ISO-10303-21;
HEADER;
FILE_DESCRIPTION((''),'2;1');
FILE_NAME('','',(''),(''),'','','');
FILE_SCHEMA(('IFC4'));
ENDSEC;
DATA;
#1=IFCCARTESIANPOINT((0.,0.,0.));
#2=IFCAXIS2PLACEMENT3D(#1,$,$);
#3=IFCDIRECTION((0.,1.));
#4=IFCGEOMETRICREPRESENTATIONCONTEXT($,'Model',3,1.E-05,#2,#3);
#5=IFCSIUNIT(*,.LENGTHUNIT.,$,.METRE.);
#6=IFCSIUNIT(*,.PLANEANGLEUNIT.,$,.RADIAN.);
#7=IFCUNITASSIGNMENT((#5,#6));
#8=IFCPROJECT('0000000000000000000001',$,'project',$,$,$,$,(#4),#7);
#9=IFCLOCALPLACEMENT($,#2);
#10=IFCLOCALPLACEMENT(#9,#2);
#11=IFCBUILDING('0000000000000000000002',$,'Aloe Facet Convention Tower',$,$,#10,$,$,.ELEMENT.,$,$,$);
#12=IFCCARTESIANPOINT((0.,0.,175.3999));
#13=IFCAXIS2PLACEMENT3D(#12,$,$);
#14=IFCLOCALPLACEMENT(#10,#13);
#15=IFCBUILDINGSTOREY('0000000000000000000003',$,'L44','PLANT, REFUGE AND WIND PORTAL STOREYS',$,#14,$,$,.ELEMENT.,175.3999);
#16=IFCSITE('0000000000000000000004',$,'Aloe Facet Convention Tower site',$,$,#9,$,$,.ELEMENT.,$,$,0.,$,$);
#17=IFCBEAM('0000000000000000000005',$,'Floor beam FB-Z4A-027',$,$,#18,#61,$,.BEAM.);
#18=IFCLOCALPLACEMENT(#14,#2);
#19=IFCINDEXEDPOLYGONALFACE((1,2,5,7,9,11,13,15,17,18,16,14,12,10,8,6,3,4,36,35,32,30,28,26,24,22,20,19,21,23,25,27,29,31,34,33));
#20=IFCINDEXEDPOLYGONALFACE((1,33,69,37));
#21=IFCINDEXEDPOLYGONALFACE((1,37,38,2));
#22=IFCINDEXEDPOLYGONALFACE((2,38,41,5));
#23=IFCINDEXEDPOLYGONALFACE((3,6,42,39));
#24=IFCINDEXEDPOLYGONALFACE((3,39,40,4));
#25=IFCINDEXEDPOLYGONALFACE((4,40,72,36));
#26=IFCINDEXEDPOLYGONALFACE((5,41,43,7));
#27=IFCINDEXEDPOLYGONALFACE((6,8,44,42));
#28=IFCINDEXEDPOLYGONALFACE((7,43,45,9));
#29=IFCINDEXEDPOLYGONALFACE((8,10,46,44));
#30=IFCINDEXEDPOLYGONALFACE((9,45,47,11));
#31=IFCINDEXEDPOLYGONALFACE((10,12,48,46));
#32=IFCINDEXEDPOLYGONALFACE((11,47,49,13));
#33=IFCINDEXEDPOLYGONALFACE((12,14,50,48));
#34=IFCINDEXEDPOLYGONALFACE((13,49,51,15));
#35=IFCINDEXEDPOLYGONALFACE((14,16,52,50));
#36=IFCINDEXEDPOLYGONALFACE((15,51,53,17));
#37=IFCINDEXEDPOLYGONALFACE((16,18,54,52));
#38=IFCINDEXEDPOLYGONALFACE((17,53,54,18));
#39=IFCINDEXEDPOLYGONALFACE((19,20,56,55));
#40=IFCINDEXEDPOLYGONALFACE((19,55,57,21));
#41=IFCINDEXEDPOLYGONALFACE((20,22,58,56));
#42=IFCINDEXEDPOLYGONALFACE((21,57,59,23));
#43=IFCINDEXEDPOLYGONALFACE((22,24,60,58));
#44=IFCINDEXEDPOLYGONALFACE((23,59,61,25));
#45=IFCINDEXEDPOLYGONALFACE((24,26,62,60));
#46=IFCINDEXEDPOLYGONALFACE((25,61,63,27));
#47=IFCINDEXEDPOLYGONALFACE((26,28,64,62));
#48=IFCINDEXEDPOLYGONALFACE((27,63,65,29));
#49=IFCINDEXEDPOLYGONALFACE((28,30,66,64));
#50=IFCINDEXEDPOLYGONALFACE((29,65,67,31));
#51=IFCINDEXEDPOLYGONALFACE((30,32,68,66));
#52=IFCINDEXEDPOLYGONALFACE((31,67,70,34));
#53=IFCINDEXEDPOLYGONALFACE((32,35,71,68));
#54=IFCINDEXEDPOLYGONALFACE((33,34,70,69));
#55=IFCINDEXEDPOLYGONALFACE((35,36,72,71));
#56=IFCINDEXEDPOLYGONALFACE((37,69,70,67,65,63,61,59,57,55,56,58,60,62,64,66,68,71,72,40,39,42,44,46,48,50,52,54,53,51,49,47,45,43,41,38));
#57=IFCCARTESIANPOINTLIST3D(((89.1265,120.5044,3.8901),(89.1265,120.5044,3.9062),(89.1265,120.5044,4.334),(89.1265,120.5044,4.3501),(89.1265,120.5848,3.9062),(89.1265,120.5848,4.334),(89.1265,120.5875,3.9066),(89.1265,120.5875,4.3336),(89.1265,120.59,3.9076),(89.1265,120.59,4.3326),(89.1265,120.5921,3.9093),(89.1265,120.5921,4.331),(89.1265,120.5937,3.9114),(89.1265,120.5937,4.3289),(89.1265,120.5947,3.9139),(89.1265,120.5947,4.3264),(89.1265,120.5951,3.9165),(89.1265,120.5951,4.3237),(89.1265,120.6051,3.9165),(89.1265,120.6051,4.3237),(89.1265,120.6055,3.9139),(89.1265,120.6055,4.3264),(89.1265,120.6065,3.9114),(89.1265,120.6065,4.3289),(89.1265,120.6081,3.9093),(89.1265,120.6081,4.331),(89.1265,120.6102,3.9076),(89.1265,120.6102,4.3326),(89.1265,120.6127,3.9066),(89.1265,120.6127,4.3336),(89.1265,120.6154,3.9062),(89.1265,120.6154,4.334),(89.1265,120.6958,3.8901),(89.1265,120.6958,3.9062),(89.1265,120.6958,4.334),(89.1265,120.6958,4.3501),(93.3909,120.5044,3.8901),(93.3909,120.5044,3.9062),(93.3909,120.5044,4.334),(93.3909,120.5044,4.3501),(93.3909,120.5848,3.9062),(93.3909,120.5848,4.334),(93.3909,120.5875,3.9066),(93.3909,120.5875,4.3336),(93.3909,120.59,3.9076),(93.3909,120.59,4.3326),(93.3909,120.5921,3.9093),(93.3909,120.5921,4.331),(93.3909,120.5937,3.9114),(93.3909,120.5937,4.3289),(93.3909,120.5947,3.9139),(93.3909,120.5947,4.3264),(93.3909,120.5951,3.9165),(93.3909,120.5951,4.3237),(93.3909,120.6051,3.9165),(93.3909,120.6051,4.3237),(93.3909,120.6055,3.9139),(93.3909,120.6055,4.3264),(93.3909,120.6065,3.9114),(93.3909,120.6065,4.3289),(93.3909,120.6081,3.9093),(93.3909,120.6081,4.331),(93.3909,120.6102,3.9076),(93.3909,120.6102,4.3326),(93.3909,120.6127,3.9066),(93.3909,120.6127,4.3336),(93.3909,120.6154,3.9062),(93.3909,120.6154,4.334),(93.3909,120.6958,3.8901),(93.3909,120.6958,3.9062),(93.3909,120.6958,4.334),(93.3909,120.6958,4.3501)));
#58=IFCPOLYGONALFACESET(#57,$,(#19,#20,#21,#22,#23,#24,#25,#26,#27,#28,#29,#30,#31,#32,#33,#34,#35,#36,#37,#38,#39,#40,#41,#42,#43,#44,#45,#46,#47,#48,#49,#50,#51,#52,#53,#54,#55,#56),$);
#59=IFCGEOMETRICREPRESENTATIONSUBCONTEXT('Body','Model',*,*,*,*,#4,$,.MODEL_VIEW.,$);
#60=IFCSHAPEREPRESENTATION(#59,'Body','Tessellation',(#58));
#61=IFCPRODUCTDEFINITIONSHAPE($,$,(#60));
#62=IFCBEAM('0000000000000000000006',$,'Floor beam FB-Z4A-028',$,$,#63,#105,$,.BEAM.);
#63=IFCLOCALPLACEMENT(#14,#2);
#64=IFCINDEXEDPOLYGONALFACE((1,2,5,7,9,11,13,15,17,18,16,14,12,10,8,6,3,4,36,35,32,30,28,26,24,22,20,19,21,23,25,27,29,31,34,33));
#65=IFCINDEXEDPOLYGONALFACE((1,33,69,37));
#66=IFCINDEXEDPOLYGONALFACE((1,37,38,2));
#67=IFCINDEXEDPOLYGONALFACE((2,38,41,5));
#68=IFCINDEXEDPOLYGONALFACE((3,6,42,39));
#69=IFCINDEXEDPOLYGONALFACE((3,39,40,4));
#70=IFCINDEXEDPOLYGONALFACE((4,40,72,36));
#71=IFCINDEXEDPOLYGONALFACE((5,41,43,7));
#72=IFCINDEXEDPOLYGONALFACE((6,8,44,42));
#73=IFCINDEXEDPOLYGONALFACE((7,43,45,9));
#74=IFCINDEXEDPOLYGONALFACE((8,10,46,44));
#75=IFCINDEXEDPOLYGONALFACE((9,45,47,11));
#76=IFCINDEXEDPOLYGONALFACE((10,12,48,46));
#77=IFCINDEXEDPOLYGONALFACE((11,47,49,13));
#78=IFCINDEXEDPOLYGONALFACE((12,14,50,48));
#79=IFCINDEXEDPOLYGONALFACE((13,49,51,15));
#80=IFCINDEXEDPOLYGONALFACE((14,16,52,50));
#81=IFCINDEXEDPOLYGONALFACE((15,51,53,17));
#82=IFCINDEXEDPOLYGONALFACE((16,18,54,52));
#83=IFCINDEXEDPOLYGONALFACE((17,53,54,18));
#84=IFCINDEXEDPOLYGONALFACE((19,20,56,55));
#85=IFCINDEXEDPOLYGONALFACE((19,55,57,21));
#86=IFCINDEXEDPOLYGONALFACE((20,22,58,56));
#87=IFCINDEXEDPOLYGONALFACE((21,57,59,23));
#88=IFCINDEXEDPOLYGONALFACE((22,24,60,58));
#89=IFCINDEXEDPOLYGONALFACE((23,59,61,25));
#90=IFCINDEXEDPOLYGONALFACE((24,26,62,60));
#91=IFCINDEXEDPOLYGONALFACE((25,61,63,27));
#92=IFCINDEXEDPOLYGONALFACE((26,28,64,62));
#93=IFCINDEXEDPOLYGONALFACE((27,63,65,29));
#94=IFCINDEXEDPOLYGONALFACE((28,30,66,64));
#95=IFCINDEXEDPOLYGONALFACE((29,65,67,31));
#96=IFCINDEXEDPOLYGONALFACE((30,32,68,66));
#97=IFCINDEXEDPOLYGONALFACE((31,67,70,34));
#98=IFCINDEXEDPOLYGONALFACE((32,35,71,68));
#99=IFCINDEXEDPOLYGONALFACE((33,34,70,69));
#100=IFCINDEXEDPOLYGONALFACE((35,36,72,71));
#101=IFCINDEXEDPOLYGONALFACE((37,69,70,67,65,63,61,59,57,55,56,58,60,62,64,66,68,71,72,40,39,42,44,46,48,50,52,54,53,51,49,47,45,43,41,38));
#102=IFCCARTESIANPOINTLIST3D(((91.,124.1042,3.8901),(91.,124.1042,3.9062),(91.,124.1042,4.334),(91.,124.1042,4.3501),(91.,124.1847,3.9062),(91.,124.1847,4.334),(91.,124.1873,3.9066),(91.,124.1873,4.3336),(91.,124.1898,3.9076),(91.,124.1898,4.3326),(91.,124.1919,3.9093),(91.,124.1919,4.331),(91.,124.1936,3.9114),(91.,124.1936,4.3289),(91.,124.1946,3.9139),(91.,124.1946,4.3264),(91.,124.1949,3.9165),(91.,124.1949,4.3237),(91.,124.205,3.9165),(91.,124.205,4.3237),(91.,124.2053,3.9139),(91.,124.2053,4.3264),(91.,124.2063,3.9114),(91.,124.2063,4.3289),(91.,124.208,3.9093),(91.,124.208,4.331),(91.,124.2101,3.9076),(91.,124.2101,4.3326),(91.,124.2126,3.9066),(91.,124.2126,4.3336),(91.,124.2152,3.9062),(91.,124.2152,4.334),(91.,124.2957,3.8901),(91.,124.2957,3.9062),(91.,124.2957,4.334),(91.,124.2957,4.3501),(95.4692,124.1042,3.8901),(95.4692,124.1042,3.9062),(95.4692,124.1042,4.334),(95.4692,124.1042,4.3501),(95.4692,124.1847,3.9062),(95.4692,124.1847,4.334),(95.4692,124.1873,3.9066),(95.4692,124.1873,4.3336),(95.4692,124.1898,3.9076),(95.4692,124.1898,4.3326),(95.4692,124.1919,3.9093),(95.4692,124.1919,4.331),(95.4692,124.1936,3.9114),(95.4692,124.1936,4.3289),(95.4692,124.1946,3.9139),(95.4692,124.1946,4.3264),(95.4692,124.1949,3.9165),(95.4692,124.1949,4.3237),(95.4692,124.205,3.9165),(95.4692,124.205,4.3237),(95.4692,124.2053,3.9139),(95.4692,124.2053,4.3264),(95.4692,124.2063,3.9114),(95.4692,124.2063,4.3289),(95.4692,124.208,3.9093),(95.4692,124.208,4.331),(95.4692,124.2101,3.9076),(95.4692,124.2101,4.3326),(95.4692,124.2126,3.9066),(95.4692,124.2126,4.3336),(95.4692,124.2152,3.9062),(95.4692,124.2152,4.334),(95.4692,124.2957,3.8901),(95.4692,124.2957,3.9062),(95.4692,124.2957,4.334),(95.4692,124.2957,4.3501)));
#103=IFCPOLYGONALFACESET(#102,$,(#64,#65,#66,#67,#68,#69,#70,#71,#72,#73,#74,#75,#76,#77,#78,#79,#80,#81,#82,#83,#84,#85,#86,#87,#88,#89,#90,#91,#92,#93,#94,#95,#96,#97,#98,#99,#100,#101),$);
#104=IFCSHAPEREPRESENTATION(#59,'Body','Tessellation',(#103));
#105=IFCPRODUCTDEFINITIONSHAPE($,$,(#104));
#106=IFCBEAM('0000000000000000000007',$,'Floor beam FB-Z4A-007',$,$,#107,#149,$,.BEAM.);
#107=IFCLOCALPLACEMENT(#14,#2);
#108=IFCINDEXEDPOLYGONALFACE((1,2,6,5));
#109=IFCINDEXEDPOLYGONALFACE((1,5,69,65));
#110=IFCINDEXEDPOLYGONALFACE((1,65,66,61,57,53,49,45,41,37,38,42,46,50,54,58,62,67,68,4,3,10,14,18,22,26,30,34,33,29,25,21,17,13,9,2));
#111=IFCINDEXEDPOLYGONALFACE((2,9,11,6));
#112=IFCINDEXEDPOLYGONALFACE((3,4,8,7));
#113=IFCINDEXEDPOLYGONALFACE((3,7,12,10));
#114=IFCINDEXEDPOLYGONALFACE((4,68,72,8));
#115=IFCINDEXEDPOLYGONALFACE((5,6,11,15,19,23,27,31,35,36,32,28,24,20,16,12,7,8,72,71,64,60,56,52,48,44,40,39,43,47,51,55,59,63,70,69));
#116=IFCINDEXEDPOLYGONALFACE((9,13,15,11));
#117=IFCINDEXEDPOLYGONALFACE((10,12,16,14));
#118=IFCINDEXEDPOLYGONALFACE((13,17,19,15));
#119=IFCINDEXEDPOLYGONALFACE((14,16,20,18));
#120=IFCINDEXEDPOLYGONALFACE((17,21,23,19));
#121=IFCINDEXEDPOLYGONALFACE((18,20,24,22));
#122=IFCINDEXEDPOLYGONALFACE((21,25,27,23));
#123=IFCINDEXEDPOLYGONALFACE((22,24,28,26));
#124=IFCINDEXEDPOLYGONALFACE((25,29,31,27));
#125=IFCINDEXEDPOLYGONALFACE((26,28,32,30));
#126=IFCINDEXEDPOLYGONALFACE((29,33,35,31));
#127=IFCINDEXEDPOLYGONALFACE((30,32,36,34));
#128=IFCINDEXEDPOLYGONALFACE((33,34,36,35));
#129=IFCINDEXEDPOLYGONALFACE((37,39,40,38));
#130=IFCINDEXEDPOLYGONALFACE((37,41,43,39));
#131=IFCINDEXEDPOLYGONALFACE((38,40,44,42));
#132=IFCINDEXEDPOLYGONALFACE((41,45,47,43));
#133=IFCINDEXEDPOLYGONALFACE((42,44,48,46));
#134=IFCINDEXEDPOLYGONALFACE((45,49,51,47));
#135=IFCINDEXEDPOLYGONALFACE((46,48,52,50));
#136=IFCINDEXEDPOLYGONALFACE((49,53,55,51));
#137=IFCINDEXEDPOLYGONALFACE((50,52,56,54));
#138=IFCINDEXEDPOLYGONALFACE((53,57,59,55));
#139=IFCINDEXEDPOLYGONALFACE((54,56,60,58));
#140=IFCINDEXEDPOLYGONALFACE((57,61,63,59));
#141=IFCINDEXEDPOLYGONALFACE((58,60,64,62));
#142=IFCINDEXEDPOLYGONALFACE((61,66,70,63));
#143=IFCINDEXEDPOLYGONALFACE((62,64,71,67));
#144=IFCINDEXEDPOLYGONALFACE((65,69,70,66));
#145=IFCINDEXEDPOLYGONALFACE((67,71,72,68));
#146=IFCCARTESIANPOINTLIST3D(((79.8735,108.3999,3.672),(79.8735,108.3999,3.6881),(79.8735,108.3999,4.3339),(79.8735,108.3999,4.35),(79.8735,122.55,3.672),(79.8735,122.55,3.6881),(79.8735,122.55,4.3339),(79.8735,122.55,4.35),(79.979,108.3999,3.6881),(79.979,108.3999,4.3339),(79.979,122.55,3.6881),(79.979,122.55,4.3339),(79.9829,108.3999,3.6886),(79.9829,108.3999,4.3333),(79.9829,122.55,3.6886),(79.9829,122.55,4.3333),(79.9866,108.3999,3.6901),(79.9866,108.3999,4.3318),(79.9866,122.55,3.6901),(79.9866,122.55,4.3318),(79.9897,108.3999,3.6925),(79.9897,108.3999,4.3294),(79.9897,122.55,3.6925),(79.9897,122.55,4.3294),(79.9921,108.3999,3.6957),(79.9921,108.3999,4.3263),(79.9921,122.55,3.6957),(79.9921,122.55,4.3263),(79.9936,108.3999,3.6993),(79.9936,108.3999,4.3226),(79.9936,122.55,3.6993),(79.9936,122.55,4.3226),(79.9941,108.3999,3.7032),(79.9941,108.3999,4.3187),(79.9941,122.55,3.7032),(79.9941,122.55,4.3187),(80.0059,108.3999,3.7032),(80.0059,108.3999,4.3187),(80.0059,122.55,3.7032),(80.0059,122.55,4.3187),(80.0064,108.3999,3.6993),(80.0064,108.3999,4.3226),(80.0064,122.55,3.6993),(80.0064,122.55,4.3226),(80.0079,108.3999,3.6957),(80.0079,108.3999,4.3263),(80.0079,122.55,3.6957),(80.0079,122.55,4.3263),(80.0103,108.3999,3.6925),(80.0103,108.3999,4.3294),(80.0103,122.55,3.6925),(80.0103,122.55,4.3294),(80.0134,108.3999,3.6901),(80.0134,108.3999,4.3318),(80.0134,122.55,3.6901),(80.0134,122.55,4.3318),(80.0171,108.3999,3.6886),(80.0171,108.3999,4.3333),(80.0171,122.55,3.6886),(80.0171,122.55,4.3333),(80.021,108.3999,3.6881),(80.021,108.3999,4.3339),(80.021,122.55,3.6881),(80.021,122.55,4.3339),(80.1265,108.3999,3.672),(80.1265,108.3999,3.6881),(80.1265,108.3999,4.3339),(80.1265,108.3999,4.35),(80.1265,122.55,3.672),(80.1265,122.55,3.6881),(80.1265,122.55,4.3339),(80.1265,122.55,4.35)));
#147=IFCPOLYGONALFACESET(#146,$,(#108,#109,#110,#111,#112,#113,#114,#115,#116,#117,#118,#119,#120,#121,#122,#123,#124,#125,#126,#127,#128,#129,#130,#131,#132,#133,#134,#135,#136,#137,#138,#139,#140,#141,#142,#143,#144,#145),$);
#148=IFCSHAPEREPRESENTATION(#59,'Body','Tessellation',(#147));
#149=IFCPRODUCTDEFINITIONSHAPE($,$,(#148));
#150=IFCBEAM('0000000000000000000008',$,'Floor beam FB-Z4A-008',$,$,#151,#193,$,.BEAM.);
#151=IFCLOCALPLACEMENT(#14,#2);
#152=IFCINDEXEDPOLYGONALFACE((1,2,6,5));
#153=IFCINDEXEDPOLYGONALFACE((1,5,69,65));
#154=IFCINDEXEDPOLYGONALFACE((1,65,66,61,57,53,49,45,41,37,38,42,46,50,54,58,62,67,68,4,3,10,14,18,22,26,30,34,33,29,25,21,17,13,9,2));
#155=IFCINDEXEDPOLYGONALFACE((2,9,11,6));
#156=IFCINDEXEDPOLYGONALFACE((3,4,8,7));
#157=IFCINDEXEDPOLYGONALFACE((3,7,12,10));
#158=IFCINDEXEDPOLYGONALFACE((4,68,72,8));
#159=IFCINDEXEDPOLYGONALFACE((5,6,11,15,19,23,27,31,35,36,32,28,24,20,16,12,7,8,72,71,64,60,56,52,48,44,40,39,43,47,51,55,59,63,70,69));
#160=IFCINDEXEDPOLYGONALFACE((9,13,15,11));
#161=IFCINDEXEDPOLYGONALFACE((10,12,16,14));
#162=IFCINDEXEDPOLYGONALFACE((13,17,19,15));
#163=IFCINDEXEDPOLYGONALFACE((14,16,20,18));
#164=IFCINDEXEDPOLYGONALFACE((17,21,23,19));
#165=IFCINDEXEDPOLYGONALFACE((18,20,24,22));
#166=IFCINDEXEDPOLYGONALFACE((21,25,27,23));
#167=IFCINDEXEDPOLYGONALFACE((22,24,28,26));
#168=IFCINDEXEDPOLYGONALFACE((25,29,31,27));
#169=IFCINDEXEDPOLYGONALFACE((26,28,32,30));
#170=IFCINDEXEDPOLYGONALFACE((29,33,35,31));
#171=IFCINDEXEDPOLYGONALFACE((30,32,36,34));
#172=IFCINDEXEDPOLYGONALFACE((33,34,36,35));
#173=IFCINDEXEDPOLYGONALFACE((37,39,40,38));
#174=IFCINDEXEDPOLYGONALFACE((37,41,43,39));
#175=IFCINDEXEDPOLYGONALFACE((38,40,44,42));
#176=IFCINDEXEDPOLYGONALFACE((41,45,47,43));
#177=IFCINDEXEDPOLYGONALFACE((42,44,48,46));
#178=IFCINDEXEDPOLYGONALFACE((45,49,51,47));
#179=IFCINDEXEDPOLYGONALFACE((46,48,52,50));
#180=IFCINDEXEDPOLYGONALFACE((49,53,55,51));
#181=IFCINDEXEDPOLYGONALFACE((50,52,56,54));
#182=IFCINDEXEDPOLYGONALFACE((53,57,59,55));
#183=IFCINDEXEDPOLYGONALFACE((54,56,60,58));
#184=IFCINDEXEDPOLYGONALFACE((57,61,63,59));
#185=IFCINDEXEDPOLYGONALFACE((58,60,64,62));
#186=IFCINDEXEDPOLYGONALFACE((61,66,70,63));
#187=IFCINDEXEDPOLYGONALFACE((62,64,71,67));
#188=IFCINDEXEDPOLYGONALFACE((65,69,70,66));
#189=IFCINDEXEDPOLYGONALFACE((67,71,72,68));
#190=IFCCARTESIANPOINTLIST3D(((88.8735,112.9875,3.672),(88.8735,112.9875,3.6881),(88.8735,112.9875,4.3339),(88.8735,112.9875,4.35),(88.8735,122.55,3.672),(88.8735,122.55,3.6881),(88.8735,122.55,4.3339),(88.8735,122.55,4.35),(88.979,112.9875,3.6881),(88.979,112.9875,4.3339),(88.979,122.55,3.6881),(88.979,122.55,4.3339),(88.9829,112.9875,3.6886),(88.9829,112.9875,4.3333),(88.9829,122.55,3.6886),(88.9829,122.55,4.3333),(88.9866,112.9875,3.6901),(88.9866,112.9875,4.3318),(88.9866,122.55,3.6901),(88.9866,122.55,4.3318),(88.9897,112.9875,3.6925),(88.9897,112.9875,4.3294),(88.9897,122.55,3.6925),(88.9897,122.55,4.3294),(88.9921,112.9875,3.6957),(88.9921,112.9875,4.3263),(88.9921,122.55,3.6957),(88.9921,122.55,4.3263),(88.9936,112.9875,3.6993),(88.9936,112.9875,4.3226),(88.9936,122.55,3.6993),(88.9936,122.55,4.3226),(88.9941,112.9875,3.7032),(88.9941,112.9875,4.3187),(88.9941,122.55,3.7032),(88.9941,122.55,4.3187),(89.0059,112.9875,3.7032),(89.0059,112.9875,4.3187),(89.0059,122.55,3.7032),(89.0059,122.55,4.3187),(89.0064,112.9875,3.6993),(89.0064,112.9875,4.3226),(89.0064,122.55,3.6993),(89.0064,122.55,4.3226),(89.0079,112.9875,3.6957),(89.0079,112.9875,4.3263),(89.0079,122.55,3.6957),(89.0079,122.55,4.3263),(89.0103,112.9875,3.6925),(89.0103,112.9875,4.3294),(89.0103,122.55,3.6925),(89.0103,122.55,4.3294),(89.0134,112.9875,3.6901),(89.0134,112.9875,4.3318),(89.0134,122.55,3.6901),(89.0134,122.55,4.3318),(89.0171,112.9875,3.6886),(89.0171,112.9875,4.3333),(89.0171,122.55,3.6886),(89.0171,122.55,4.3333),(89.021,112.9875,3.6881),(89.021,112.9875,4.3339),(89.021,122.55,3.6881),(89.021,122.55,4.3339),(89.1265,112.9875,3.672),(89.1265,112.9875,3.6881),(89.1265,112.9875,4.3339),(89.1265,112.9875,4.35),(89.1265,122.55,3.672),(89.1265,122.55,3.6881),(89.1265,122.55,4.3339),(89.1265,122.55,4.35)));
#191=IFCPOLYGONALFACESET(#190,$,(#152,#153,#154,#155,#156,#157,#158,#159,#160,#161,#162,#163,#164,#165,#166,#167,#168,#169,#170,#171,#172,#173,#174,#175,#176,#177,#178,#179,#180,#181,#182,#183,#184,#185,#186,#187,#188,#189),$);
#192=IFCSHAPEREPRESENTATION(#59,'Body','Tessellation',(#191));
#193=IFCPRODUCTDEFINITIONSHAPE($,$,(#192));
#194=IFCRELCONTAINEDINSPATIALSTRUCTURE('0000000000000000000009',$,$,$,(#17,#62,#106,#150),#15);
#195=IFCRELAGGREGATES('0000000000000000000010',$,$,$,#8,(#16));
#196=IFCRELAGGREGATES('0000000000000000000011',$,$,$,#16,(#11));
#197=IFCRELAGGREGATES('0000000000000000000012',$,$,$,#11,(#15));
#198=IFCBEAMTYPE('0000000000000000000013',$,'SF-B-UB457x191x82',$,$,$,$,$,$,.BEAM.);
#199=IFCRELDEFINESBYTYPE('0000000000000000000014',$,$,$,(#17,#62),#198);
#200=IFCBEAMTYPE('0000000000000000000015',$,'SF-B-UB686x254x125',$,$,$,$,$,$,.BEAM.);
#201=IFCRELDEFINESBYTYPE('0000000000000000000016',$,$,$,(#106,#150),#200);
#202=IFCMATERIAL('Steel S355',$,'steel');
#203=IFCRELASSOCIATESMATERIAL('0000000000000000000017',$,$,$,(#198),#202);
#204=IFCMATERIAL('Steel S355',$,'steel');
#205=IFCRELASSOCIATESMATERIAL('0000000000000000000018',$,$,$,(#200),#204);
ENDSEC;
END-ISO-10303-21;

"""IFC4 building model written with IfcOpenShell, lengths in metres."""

from ifc_helpers import new_model, si_unit, direction, frame, origin, origin_2d, place, context, subcontext, project, spatial, i_section, extrude, material, material_profile, profile_set, type_object, element, save


model = new_model("IFC4")

# Units and contexts
model_context = context("Model", 3, precision=1e-05, world=origin(), true_north=direction((0.0, 1.0)))
body_context = subcontext(model_context, "Body", "Model", "MODEL_VIEW")
ifc_project = project(units=[si_unit("LENGTHUNIT", "METRE"), si_unit("PLANEANGLEUNIT", "RADIAN")], contexts=[model_context])

# Site, building, storey
site_placement = place(None, origin())
site = spatial("IfcSite", under=ifc_project, at=site_placement, Name="Aloe Facet Convention Tower site", CompositionType="ELEMENT", RefElevation=0.0)
building_placement = place(site_placement, origin())
building = spatial("IfcBuilding", under=site, at=building_placement, Name="Aloe Facet Convention Tower", CompositionType="ELEMENT")
storey_placement = place(building_placement, frame((0.0, 0.0, 175.3999)))
storey = spatial("IfcBuildingStorey", under=building, at=storey_placement, Name="L44", Description="PLANT, REFUGE AND WIND PORTAL STOREYS", CompositionType="ELEMENT", Elevation=175.3999)

# Beams
ifc_material_1 = material(Name="Steel S355", Category="steel")
ifc_material_profile_1 = material_profile(ifc_material_1, i_section(OverallWidth=0.1914, OverallDepth=0.46, WebThickness=0.01, FlangeThickness=0.0161, FilletRadius=0.0103, at=origin_2d()), Name="UB 457x191x82")
ifc_profile_set_1 = profile_set([ifc_material_profile_1], Name="Steel S355")
beam_type_1 = type_object("IfcBeamType", Name="SF-B-UB457x191x82", PredefinedType="BEAM", material=ifc_profile_set_1)
beam_1_placement = place(storey_placement, frame((89.1265, 120.6001, 4.1201), z_axis=(1.0, 0.0, 0.0), x_axis=(0.0, 1.0, 0.0)))
element("IfcBeam", 1, at=beam_1_placement, inside=storey, type_object=beam_type_1, Name="Floor beam FB-Z4A-027", PredefinedType="BEAM", context=body_context, shape_type="SweptSolid", body=[
    extrude(i_section(OverallWidth=0.1914, OverallDepth=0.46, WebThickness=0.01, FlangeThickness=0.0161, FilletRadius=0.0103, at=origin_2d()), origin(), (0.0, 0.0, 1.0), 4.2644),
])
beam_2_placement = place(storey_placement, frame((91.0, 124.2, 4.1201), z_axis=(1.0, 0.0, 0.0), x_axis=(0.0, 1.0, 0.0)))
element("IfcBeam", 2, at=beam_2_placement, inside=storey, type_object=beam_type_1, Name="Floor beam FB-Z4A-028", PredefinedType="BEAM", context=body_context, shape_type="SweptSolid", body=[
    extrude(i_section(OverallWidth=0.1914, OverallDepth=0.46, WebThickness=0.01, FlangeThickness=0.0161, FilletRadius=0.0103, at=origin_2d()), origin(), (0.0, 0.0, 1.0), 4.4692),
])
ifc_material_2 = material(Name="Steel S355", Category="steel")
ifc_material_profile_2 = material_profile(ifc_material_2, i_section(OverallWidth=0.2529, OverallDepth=0.678, WebThickness=0.0117, FlangeThickness=0.0161, FilletRadius=0.0151, at=origin_2d()), Name="UB 686x254x125")
ifc_profile_set_2 = profile_set([ifc_material_profile_2], Name="Steel S355")
beam_type_2 = type_object("IfcBeamType", Name="SF-B-UB686x254x125", PredefinedType="BEAM", material=ifc_profile_set_2)
beam_3_placement = place(storey_placement, frame((80.0, 122.55, 4.011), z_axis=(0.0, -1.0, 0.0), x_axis=(1.0, 0.0, 0.0)))
element("IfcBeam", 3, at=beam_3_placement, inside=storey, type_object=beam_type_2, Name="Floor beam FB-Z4A-007", PredefinedType="BEAM", context=body_context, shape_type="SweptSolid", body=[
    extrude(i_section(OverallWidth=0.2529, OverallDepth=0.678, WebThickness=0.0117, FlangeThickness=0.0161, FilletRadius=0.0151, at=origin_2d()), origin(), (0.0, 0.0, 1.0), 14.1501),
])
beam_4_placement = place(storey_placement, frame((89.0, 122.55, 4.011), z_axis=(0.0, -1.0, 0.0), x_axis=(1.0, 0.0, 0.0)))
element("IfcBeam", 4, at=beam_4_placement, inside=storey, type_object=beam_type_2, Name="Floor beam FB-Z4A-008", PredefinedType="BEAM", context=body_context, shape_type="SweptSolid", body=[
    extrude(i_section(OverallWidth=0.2529, OverallDepth=0.678, WebThickness=0.0117, FlangeThickness=0.0161, FilletRadius=0.0151, at=origin_2d()), origin(), (0.0, 0.0, 1.0), 9.5625),
])

save(model, "model.ifc")
